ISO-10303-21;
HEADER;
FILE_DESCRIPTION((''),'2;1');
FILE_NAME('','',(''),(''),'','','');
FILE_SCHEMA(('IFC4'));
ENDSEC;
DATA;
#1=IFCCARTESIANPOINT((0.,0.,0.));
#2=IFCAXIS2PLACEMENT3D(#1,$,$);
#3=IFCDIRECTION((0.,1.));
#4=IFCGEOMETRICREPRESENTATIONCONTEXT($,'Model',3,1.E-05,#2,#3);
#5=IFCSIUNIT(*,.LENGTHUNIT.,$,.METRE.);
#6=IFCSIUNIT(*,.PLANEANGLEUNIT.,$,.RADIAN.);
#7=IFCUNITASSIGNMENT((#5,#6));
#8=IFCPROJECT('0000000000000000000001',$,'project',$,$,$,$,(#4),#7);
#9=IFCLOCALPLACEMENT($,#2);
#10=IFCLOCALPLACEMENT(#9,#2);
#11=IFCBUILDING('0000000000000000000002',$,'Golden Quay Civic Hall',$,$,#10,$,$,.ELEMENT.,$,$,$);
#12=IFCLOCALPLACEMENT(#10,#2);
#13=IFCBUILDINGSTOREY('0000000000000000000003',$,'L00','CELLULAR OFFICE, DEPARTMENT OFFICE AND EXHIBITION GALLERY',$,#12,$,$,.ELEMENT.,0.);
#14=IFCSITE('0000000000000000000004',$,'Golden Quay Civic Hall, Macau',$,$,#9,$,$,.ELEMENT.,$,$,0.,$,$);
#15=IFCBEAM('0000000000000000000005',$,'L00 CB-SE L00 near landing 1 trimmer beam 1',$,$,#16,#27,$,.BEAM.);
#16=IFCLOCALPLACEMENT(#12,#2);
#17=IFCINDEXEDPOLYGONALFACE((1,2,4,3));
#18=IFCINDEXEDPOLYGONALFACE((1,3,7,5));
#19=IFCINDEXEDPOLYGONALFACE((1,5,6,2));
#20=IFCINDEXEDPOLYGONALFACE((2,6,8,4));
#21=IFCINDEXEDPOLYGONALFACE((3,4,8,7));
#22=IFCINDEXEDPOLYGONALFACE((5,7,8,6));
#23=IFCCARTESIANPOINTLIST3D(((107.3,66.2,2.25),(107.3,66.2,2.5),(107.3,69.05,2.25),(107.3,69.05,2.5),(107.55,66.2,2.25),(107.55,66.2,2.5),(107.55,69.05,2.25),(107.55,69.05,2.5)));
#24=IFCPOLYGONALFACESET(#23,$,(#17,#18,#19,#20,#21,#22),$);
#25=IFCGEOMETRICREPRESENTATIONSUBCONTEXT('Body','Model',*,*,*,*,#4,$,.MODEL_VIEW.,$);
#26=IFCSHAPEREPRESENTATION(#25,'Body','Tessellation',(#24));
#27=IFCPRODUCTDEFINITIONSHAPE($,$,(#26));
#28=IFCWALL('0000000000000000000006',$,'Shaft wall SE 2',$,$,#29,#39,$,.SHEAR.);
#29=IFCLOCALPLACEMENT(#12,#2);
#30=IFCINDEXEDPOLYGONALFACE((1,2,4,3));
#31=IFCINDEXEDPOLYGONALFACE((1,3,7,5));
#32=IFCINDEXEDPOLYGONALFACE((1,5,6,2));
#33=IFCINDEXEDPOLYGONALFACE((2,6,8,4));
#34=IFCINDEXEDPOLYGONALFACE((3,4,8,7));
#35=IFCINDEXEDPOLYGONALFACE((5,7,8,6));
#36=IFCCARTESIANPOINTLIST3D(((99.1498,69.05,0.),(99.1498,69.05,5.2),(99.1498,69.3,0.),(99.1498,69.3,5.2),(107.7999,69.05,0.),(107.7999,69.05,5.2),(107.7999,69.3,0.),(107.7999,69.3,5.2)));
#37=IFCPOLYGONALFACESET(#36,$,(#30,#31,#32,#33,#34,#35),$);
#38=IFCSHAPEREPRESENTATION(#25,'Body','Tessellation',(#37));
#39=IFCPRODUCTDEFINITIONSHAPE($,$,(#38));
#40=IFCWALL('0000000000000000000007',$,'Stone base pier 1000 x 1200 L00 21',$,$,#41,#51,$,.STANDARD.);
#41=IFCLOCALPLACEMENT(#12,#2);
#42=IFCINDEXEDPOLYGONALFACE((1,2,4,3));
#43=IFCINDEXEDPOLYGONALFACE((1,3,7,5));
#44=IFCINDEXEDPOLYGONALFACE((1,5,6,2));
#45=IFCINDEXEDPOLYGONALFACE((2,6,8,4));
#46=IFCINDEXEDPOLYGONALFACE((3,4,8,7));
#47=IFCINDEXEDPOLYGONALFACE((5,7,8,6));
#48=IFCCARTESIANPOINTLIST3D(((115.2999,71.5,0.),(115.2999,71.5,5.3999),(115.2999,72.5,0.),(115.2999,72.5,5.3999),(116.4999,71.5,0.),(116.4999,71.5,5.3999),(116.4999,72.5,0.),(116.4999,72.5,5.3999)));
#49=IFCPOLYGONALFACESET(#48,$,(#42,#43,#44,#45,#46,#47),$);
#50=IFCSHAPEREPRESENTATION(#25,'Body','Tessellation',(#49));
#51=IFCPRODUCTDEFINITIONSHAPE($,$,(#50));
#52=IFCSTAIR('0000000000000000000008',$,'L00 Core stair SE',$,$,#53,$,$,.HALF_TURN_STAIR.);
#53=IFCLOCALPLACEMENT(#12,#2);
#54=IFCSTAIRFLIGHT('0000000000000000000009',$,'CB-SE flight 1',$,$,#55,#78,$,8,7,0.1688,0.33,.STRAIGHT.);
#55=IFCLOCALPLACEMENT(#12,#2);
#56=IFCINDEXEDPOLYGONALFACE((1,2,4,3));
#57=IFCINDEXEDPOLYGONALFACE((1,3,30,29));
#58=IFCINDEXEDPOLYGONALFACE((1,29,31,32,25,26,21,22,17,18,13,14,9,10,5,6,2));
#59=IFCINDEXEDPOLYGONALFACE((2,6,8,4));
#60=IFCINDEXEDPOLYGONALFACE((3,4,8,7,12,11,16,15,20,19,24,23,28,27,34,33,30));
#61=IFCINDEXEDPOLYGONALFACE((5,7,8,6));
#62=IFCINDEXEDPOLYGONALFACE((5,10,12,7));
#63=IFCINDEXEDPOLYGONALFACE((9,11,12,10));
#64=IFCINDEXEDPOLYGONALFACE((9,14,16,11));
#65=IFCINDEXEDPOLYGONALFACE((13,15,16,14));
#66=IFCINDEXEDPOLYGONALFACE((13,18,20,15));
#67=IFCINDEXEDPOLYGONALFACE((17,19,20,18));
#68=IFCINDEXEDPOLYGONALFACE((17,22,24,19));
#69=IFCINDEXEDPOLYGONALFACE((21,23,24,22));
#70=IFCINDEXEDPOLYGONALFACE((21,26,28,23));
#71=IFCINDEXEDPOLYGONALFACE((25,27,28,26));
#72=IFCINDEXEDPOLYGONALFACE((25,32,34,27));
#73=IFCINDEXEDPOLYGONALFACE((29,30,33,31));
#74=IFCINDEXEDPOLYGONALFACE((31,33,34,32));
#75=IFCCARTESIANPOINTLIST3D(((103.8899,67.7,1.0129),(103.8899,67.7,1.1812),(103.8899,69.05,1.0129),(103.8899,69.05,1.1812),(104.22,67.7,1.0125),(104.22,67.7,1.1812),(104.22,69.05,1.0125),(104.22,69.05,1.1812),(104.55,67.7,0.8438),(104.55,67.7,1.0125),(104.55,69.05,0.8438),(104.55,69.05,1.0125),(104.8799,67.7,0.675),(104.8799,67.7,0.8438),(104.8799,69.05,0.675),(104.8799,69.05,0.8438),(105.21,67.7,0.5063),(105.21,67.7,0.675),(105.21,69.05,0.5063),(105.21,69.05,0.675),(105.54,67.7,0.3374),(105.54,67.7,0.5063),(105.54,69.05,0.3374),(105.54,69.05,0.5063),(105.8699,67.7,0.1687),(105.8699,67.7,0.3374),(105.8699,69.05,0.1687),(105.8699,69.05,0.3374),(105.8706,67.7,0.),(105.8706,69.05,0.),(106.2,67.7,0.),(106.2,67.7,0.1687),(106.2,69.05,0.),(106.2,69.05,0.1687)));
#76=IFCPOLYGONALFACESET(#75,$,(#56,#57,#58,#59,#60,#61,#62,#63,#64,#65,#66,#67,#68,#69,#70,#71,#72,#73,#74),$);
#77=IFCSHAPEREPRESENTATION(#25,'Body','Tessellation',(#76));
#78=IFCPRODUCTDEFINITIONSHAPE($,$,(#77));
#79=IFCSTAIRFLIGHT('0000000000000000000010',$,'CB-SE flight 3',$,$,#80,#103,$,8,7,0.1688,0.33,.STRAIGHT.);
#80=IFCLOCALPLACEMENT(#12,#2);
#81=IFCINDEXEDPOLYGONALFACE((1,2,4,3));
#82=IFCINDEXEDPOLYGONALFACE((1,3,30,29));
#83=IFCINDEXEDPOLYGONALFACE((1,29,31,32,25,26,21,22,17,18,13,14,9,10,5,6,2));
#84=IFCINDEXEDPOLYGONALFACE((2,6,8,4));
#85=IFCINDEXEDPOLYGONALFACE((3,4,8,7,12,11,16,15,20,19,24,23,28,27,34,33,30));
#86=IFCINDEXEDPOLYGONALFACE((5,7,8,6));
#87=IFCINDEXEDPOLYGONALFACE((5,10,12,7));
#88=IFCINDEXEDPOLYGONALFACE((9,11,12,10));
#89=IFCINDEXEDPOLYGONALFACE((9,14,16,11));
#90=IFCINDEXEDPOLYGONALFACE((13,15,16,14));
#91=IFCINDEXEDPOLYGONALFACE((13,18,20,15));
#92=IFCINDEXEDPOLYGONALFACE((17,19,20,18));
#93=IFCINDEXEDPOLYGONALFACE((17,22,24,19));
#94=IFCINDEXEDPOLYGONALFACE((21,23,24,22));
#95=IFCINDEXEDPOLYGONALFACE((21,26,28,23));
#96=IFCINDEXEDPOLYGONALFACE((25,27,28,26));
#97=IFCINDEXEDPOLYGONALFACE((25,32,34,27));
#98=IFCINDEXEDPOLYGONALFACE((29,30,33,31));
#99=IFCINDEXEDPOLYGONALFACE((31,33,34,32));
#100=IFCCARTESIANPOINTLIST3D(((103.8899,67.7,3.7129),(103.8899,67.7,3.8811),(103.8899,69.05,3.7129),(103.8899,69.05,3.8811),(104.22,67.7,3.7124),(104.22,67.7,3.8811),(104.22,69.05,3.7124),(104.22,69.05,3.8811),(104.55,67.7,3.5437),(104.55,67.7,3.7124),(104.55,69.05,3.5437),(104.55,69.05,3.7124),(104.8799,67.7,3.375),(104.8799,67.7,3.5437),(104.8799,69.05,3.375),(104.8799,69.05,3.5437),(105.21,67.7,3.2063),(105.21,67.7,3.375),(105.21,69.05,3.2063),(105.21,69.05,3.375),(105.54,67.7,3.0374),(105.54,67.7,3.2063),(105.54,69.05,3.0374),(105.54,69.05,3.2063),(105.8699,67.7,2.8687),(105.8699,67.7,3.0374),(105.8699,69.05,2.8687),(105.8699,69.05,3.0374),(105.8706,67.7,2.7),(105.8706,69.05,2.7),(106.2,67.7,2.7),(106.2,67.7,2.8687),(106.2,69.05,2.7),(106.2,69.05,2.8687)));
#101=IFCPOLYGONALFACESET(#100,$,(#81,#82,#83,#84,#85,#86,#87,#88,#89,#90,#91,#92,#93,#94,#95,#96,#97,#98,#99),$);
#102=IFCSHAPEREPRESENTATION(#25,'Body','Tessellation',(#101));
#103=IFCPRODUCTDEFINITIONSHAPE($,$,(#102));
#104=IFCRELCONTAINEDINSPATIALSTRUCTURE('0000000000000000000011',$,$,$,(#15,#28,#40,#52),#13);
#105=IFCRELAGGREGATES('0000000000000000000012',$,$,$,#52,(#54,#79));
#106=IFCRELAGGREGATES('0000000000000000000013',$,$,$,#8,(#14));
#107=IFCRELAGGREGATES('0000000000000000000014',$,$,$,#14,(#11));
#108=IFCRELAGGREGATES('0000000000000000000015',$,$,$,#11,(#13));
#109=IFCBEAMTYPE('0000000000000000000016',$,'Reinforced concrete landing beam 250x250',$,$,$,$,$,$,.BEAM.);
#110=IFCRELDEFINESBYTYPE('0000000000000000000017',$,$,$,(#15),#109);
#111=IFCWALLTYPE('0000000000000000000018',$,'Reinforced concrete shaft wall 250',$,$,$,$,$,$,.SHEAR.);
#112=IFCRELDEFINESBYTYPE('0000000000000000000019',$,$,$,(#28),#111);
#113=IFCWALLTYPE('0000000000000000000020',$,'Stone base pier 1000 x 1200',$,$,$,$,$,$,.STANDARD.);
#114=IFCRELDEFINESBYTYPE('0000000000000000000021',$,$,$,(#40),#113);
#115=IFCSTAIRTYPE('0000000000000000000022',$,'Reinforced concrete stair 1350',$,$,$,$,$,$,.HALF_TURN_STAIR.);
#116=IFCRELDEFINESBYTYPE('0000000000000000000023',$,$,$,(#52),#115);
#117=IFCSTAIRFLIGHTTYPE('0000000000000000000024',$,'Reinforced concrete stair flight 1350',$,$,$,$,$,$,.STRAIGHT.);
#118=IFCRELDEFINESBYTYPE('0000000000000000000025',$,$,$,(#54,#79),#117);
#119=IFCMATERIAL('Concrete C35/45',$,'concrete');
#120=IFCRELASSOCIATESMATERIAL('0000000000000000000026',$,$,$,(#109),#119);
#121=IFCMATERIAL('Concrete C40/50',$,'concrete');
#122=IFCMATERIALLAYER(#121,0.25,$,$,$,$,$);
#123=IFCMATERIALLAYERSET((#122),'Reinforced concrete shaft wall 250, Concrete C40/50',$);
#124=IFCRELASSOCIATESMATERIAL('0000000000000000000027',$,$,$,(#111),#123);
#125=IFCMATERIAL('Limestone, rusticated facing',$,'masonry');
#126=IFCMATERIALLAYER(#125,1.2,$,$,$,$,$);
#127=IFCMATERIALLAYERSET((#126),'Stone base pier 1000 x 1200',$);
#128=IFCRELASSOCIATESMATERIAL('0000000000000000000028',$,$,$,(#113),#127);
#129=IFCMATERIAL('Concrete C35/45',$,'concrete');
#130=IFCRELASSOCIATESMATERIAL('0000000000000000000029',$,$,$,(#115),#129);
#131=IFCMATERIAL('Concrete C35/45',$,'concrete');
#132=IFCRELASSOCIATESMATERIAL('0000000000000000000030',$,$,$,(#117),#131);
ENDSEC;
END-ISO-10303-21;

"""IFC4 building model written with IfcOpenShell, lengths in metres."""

from ifc_helpers import new_model, si_unit, direction, frame, frame_2d, origin, origin_2d, place, context, subcontext, project, spatial, polyline, rectangle, outline, extrude, material, layer, layer_set, material_profile, profile_set, type_object, element, aggregate, save


model = new_model("IFC4")

# Units and contexts
model_context = context("Model", 3, precision=1e-05, world=origin(), true_north=direction((0.0, 1.0)))
body_context = subcontext(model_context, "Body", "Model", "MODEL_VIEW")
ifc_project = project(units=[si_unit("LENGTHUNIT", "METRE"), si_unit("PLANEANGLEUNIT", "RADIAN")], contexts=[model_context])

# Site, building, storey
site_placement = place(None, origin())
site = spatial("IfcSite", under=ifc_project, at=site_placement, Name="Golden Quay Civic Hall, Macau", CompositionType="ELEMENT", RefElevation=0.0)
building_placement = place(site_placement, origin())
building = spatial("IfcBuilding", under=site, at=building_placement, Name="Golden Quay Civic Hall", CompositionType="ELEMENT")
storey_placement = place(building_placement, origin())
storey = spatial("IfcBuildingStorey", under=building, at=storey_placement, Name="L00", Description="CELLULAR OFFICE, DEPARTMENT OFFICE AND EXHIBITION GALLERY", CompositionType="ELEMENT", Elevation=0.0)

# Beam
ifc_material_1 = material(Name="Concrete C35/45", Category="concrete")
ifc_material_profile = material_profile(ifc_material_1, rectangle(XDim=0.25, YDim=0.25, at=origin_2d()), Name="RC 250x250")
ifc_profile_set = profile_set([ifc_material_profile], Name="Concrete C35/45")
beam_type = type_object("IfcBeamType", Name="Reinforced concrete landing beam 250x250", PredefinedType="BEAM", material=ifc_profile_set)
beam_placement = place(storey_placement, frame((107.425, 69.05, 2.375), z_axis=(0.0, -1.0, 0.0), x_axis=(1.0, 0.0, 0.0)))
element("IfcBeam", 1, at=beam_placement, inside=storey, type_object=beam_type, Name="L00 CB-SE L00 near landing 1 trimmer beam 1", PredefinedType="BEAM", context=body_context, shape_type="SweptSolid", body=[
    extrude(rectangle(XDim=0.25, YDim=0.25, at=origin_2d()), origin(), (0.0, 0.0, 1.0), 2.8501),
])

# Walls
ifc_material_2 = material(Name="Concrete C40/50", Category="concrete")
ifc_layer_1 = layer(ifc_material_2, 0.25)
ifc_layer_set_1 = layer_set([ifc_layer_1], Name="Reinforced concrete shaft wall 250, Concrete C40/50")
wall_type_1 = type_object("IfcWallType", Name="Reinforced concrete shaft wall 250", PredefinedType="SHEAR", material=ifc_layer_set_1)
wall_1_placement = place(storey_placement, frame((107.8, 69.175, 0.0), z_axis=(0.0, 0.0, 1.0), x_axis=(-1.0, 0.0, 0.0)))
element("IfcWall", 2, at=wall_1_placement, inside=storey, type_object=wall_type_1, Name="Shaft wall SE 2", PredefinedType="SHEAR", context=body_context, shape_type="SweptSolid", body=[
    extrude(rectangle(XDim=8.6501, YDim=0.25, at=frame_2d((4.3252, 0.0))), origin(), (0.0, 0.0, 1.0), 5.2),
])
ifc_material_3 = material(Name="Limestone, rusticated facing", Category="masonry")
ifc_layer_2 = layer(ifc_material_3, 1.2)
ifc_layer_set_2 = layer_set([ifc_layer_2], Name="Stone base pier 1000 x 1200")
wall_type_2 = type_object("IfcWallType", Name="Stone base pier 1000 x 1200", PredefinedType="STANDARD", material=ifc_layer_set_2)
wall_2_placement = place(storey_placement, frame((115.8999, 71.5, 0.0), z_axis=(0.0, 0.0, 1.0), x_axis=(0.0, 1.0, 0.0)))
element("IfcWall", 3, at=wall_2_placement, inside=storey, type_object=wall_type_2, Name="Stone base pier 1000 x 1200 L00 21", PredefinedType="STANDARD", context=body_context, shape_type="SweptSolid", body=[
    extrude(rectangle(XDim=1.0, YDim=1.2, at=frame_2d((0.5, 0.0))), origin(), (0.0, 0.0, 1.0), 5.3999),
])

# Stair, stair flights
ifc_material_4 = material(Name="Concrete C35/45", Category="concrete")
stair_type = type_object("IfcStairType", Name="Reinforced concrete stair 1350", PredefinedType="HALF_TURN_STAIR", material=ifc_material_4)
stair_placement = place(storey_placement, origin())
stair = element("IfcStair", 4, at=stair_placement, inside=storey, type_object=stair_type, Name="L00 Core stair SE", PredefinedType="HALF_TURN_STAIR")
ifc_material_5 = material(Name="Concrete C35/45", Category="concrete")
stair_flight_type = type_object("IfcStairFlightType", Name="Reinforced concrete stair flight 1350", PredefinedType="STRAIGHT", material=ifc_material_5)
stair_flight_1_placement = place(storey_placement, frame((106.2, 68.375, 0.0), z_axis=(0.0, 0.0, 1.0), x_axis=(-1.0, 0.0, 0.0)))
stair_flight_1 = element("IfcStairFlight", 5, at=stair_flight_1_placement, type_object=stair_flight_type, Name="CB-SE flight 1", NumberOfRisers=8, NumberOfTreads=7, PredefinedType="STRAIGHT", RiserHeight=0.1688, TreadLength=0.33, context=body_context, shape_type="SweptSolid", body=[
    extrude(outline(polyline([(0.0, 0.0), (0.0, 0.1687), (0.3301, 0.1687), (0.3301, 0.3374), (0.6599, 0.3374), (0.6599, 0.5063), (0.99, 0.5063), (0.99, 0.675), (1.3201, 0.675), (1.3201, 0.8438), (1.6499, 0.8438), (1.6499, 1.0125), (1.98, 1.0125), (1.98, 1.1812), (2.3101, 1.1812), (2.3101, 1.3501), (2.3101, 1.0129), (0.3293, 0.0), (0.0, 0.0)])), frame((0.0, 0.675, 0.0), z_axis=(0.0, -1.0, 0.0), x_axis=(1.0, 0.0, 0.0)), (0.0, 0.0, 1.0), 1.35),
])
stair_flight_2_placement = place(storey_placement, frame((106.2, 68.375, 2.7), z_axis=(0.0, 0.0, 1.0), x_axis=(-1.0, 0.0, 0.0)))
stair_flight_2 = element("IfcStairFlight", 6, at=stair_flight_2_placement, type_object=stair_flight_type, Name="CB-SE flight 3", NumberOfRisers=8, NumberOfTreads=7, PredefinedType="STRAIGHT", RiserHeight=0.1688, TreadLength=0.33, context=body_context, shape_type="SweptSolid", body=[
    extrude(outline(polyline([(0.0, 0.0), (0.0, 0.1687), (0.3301, 0.1687), (0.3301, 0.3374), (0.6599, 0.3374), (0.6599, 0.5063), (0.99, 0.5063), (0.99, 0.675), (1.3201, 0.675), (1.3201, 0.8438), (1.6499, 0.8438), (1.6499, 1.0125), (1.98, 1.0125), (1.98, 1.1812), (2.3101, 1.1812), (2.3101, 1.3501), (2.3101, 1.0129), (0.3293, 0.0), (0.0, 0.0)])), frame((0.0, 0.675, 0.0), z_axis=(0.0, -1.0, 0.0), x_axis=(1.0, 0.0, 0.0)), (0.0, 0.0, 1.0), 1.35),
])
aggregate(stair, [stair_flight_1, stair_flight_2])

save(model, "model.ifc")
